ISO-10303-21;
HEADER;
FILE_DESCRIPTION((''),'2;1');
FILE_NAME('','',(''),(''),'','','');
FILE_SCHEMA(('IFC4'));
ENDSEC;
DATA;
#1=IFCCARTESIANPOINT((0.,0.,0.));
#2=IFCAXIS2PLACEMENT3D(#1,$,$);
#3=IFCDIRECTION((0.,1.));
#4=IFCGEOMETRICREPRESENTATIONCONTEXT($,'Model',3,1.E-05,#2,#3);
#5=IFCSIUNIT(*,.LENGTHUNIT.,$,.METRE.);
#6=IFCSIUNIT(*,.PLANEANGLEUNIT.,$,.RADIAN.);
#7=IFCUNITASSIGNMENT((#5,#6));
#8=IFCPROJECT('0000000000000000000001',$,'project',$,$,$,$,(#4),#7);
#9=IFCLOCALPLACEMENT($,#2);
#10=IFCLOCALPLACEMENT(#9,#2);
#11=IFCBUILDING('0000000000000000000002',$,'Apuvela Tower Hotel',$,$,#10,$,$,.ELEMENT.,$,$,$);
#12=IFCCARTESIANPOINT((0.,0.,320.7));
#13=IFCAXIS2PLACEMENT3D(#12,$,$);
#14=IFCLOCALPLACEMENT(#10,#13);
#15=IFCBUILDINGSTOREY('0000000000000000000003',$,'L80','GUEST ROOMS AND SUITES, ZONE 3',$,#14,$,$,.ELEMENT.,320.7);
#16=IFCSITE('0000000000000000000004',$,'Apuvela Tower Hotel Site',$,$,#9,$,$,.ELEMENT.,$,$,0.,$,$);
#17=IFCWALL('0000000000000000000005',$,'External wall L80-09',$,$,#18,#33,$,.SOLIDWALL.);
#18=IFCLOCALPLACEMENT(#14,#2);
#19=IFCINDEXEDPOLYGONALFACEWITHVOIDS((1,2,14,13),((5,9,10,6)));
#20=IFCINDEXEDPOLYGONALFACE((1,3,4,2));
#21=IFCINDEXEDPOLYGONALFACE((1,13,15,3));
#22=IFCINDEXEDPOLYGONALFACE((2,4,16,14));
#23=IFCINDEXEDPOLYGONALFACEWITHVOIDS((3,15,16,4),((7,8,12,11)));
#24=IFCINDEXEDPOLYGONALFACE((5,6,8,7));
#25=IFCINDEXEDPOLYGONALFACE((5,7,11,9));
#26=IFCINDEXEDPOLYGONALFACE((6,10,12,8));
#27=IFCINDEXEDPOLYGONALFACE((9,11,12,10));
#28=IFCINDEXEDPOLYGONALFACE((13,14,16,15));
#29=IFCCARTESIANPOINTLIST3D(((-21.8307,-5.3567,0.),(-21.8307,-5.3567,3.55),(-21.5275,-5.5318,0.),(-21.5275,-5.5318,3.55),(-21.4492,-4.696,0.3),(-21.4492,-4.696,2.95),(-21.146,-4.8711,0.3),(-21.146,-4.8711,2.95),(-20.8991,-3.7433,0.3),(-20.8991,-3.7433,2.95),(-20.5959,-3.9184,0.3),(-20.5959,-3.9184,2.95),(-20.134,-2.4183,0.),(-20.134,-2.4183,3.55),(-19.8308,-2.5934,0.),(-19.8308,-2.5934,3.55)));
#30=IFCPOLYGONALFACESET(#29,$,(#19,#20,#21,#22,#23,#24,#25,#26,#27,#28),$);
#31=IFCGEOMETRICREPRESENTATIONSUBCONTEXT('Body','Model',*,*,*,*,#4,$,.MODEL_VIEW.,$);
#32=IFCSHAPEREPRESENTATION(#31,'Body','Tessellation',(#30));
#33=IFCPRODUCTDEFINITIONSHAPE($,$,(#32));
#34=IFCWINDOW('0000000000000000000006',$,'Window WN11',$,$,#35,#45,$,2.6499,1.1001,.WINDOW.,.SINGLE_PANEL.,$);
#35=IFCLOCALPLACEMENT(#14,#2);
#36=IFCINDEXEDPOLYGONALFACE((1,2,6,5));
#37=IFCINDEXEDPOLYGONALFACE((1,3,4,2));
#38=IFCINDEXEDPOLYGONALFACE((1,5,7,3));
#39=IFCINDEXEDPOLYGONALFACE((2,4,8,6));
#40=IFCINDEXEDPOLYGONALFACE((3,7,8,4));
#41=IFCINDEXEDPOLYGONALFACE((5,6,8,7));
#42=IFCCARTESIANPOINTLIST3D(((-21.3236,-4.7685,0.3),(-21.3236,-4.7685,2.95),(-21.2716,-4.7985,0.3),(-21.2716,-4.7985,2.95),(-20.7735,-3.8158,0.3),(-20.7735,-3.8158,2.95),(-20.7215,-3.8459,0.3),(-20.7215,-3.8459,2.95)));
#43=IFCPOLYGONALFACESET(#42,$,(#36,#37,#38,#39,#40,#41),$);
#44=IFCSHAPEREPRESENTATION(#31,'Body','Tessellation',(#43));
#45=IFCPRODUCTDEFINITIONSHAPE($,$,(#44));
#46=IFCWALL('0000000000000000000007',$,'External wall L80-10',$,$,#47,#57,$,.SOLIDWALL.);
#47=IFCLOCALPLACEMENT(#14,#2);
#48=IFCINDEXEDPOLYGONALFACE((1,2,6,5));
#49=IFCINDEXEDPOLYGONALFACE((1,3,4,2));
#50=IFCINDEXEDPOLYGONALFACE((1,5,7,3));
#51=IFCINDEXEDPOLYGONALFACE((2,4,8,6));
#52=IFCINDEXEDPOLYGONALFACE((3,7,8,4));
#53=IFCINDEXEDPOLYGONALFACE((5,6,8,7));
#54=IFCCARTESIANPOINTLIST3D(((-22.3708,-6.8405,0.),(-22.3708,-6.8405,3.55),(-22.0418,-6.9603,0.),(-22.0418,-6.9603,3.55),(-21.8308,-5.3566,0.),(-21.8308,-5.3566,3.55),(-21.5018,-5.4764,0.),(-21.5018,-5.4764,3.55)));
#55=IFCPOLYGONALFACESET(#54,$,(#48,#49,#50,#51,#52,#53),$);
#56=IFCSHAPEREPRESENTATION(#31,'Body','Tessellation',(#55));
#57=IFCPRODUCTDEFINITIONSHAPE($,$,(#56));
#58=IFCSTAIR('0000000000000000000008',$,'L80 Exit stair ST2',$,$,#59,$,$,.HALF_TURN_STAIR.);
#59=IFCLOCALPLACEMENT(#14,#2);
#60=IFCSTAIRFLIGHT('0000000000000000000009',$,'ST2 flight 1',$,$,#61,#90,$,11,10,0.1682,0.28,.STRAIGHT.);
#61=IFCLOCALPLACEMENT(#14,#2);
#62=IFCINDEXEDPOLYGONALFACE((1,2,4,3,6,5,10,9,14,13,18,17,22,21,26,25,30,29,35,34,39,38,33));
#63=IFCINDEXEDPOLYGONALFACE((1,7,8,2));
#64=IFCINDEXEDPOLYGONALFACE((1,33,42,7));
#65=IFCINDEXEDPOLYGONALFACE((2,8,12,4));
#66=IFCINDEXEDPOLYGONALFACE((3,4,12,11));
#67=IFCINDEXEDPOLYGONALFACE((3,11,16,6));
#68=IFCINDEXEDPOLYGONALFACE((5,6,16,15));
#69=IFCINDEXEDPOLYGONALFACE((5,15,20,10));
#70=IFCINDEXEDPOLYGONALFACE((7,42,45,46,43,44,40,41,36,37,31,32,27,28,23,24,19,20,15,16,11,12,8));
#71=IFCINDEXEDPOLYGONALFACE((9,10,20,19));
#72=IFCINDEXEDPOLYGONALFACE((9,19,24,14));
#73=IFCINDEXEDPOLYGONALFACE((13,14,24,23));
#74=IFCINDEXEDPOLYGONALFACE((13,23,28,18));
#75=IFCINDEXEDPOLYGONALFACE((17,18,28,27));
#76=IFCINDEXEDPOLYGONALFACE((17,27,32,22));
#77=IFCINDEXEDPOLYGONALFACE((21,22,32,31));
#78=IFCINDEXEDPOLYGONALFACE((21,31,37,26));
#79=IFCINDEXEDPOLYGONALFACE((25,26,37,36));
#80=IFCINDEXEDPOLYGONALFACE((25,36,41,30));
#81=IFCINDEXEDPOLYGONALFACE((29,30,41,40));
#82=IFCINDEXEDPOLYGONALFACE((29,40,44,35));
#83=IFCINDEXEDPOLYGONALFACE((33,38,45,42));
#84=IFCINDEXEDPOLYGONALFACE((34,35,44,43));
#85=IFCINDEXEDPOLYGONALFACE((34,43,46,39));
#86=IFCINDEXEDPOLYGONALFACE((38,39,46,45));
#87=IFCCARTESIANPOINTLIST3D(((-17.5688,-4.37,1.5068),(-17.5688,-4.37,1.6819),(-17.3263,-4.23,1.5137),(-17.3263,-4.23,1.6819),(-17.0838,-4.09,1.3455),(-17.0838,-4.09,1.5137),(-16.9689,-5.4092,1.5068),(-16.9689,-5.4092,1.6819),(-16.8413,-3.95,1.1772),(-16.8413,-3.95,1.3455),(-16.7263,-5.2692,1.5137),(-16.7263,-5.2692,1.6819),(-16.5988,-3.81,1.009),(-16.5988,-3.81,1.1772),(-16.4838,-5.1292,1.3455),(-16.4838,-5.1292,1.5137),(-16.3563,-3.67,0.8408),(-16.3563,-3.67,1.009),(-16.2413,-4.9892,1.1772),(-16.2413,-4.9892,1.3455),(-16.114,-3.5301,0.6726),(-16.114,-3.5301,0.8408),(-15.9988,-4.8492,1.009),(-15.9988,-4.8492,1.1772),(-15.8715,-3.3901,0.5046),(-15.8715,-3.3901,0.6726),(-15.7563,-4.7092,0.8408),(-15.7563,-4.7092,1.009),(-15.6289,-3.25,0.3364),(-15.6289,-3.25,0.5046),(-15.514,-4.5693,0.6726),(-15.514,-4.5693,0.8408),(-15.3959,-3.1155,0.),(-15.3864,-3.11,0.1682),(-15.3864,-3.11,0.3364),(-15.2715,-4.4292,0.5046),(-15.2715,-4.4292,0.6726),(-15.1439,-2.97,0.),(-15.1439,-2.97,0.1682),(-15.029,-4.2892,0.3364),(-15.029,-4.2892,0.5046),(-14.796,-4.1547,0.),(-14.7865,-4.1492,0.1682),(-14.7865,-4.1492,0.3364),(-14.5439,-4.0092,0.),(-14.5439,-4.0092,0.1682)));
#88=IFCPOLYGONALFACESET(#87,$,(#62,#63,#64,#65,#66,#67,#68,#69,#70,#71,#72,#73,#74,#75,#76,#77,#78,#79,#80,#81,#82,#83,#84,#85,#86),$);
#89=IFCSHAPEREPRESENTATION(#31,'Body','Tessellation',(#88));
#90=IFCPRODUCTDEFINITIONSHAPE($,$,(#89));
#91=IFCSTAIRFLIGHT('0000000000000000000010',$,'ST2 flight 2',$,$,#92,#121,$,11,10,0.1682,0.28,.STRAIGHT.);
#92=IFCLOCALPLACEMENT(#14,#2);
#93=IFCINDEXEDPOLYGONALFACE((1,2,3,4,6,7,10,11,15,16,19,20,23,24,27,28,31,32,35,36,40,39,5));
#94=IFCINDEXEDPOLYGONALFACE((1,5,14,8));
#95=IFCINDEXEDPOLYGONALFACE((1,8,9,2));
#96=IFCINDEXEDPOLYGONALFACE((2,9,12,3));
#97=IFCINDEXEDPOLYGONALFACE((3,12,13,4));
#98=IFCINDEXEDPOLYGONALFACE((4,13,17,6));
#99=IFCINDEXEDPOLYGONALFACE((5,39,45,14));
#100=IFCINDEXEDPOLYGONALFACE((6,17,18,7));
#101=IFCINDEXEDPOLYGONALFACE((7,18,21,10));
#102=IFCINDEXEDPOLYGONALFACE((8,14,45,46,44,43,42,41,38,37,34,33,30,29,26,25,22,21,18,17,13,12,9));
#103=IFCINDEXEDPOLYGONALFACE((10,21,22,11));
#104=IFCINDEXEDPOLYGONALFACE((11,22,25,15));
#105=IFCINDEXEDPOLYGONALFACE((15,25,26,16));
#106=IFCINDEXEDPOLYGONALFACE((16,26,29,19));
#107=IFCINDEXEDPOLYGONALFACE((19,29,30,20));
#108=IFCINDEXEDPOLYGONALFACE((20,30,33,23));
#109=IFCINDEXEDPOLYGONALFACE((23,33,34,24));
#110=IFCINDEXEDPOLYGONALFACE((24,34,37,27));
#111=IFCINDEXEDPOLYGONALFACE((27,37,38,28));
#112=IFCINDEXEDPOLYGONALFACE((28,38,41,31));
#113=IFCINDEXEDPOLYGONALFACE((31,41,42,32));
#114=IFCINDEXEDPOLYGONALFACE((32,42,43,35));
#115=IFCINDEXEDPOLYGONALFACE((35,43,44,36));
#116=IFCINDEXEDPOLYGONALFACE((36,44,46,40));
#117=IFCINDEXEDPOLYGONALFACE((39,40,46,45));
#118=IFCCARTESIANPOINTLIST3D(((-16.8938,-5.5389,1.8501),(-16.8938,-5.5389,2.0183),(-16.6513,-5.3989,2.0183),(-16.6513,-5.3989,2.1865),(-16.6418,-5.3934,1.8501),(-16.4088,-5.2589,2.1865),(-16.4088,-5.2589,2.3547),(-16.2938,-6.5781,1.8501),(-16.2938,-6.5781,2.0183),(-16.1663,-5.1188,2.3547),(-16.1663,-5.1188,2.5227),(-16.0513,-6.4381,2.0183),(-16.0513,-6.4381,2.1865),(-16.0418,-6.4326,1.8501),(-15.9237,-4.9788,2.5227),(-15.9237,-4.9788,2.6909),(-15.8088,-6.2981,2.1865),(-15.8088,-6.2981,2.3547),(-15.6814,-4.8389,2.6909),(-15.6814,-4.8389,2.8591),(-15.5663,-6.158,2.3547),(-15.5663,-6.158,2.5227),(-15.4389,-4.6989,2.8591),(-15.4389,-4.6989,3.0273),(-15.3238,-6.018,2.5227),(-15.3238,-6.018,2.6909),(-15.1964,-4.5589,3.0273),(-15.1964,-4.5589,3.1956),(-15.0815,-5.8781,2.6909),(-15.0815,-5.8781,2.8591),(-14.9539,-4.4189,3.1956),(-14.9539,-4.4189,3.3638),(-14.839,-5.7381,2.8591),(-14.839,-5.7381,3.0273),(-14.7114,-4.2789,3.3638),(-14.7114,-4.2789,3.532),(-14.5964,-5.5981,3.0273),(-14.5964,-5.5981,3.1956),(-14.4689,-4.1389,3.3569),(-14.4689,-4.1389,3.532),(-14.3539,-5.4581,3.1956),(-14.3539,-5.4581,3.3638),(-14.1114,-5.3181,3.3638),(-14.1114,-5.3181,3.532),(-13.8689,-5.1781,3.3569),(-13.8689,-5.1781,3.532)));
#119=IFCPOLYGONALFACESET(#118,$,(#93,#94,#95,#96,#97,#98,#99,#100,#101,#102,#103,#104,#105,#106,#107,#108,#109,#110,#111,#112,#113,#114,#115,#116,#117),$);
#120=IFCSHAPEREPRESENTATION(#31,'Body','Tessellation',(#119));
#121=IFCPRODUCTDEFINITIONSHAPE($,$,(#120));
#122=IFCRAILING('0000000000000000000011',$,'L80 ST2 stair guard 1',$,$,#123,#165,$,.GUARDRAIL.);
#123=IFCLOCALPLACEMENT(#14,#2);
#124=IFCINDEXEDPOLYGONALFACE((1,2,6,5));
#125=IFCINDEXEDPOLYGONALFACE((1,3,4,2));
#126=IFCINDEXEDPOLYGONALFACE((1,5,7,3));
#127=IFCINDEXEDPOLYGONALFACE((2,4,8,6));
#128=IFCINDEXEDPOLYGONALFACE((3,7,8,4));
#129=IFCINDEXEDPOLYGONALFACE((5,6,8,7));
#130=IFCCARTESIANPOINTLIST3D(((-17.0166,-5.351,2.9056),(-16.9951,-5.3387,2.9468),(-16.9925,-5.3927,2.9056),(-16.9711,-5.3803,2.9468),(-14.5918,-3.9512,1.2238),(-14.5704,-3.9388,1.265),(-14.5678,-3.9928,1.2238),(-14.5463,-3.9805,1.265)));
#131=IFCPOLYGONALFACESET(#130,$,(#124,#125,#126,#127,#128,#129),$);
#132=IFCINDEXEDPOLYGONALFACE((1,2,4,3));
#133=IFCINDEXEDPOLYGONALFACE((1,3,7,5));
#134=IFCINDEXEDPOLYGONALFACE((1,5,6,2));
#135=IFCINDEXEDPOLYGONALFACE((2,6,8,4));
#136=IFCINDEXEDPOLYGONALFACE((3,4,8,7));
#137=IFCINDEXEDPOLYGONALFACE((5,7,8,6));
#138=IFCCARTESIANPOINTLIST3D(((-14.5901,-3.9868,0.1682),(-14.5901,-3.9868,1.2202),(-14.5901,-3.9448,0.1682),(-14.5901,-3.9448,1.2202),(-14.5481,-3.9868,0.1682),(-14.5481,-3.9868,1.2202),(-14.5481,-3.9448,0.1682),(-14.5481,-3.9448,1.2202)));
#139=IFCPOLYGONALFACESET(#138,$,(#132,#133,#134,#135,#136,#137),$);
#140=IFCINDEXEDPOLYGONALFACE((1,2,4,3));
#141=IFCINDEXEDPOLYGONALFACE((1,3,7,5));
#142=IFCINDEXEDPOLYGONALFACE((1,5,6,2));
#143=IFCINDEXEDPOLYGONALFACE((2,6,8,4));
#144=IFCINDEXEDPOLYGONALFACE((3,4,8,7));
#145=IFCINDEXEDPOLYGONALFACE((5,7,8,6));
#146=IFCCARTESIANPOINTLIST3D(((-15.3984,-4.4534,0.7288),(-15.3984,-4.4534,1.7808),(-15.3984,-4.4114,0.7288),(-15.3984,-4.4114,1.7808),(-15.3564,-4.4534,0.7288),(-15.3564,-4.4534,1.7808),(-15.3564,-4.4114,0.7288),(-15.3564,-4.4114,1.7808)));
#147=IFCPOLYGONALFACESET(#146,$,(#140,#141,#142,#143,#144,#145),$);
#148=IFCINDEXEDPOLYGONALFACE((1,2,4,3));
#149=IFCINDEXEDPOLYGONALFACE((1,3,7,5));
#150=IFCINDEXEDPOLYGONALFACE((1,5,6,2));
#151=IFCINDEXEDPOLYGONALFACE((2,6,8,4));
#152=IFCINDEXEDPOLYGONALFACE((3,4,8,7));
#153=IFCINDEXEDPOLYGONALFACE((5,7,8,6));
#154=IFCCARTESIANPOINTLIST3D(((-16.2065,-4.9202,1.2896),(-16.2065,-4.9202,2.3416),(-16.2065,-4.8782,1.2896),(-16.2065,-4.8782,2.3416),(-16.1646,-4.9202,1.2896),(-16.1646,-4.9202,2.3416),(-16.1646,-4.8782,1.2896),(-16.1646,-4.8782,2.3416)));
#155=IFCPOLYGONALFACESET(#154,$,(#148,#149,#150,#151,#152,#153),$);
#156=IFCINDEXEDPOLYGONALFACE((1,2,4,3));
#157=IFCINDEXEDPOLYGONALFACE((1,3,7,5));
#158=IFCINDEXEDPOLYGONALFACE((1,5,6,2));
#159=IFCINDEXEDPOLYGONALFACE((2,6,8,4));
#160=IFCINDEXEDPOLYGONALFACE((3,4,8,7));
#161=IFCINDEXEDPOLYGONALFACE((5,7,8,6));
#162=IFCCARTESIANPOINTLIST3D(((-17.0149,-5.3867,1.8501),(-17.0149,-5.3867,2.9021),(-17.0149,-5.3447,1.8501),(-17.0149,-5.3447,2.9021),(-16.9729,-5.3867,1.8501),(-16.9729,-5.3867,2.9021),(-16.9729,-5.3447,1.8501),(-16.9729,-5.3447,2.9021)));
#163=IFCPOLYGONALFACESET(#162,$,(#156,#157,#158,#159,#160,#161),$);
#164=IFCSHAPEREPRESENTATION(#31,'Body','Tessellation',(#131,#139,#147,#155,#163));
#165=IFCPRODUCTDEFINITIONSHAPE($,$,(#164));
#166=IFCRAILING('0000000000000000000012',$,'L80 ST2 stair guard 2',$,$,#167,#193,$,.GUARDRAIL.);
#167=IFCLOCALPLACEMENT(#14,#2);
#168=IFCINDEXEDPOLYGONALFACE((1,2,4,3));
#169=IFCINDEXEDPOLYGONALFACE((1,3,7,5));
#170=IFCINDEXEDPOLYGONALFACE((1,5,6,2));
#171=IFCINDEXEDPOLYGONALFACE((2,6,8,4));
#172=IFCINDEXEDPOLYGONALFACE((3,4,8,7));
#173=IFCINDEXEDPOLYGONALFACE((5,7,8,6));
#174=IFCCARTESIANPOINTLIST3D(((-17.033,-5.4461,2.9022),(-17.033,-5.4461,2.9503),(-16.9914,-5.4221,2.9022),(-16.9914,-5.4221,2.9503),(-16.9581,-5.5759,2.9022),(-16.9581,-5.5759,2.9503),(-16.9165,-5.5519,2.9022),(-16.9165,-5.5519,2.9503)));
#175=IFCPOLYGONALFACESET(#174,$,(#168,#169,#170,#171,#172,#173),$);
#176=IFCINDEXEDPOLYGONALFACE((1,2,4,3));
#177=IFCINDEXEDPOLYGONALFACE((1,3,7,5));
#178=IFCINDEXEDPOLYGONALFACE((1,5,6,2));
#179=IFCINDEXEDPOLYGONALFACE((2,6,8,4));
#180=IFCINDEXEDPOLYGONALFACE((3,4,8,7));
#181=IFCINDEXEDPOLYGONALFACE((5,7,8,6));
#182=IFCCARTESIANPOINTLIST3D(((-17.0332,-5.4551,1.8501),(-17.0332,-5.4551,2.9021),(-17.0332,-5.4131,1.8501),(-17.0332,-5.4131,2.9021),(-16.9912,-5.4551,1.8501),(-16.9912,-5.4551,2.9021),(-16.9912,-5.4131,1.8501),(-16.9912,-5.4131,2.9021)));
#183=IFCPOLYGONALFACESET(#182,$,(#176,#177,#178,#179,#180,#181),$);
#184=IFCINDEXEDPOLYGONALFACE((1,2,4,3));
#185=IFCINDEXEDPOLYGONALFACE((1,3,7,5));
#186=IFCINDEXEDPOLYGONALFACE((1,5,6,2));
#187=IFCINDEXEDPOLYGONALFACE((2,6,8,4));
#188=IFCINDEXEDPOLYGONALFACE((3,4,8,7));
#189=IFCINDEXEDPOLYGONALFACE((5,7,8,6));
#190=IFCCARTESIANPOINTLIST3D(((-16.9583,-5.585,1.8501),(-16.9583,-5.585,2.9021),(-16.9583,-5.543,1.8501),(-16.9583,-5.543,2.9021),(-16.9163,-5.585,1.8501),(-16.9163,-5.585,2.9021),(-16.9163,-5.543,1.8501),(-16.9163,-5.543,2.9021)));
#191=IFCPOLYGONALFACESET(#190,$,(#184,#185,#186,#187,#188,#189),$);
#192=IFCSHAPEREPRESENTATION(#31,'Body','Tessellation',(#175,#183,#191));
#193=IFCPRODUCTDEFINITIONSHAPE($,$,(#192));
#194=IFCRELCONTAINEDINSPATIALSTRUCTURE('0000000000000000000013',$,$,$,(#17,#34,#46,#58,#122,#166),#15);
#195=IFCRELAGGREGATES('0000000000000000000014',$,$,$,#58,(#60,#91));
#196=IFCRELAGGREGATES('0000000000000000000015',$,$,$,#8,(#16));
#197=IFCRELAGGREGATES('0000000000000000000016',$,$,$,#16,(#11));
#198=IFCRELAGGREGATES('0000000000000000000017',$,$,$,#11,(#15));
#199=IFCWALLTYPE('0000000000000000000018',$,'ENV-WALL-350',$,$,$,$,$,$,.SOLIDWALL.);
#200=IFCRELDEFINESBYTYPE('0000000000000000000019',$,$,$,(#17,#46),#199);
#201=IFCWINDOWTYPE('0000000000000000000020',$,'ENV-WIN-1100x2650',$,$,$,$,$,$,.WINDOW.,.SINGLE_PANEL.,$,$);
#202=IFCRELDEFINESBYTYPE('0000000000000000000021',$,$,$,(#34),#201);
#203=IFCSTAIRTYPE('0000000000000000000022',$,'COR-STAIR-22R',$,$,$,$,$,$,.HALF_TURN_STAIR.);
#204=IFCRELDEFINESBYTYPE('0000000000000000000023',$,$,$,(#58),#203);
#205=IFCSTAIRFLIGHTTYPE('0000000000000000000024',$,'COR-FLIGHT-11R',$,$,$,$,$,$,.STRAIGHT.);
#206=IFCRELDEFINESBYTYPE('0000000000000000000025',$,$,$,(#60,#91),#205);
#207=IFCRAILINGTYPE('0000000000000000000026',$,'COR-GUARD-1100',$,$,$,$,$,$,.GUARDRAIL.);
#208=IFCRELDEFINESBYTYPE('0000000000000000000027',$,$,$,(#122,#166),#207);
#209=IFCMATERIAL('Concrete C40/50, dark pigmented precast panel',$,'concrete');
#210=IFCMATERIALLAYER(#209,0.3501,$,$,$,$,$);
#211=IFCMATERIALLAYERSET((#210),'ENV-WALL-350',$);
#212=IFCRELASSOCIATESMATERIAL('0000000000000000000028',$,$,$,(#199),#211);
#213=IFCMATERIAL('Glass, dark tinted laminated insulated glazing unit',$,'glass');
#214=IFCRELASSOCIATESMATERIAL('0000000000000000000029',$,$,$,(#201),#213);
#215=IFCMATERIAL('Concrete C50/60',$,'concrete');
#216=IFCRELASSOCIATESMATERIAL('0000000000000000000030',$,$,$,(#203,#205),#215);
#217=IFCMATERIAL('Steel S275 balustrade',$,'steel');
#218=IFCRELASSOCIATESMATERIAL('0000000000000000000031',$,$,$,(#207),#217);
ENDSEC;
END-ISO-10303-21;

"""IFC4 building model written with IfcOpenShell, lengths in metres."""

from ifc_helpers import new_model, si_unit, direction, frame, frame_2d, origin, origin_2d, place, context, subcontext, project, spatial, polyline, rectangle, outline, extrude, material, layer, layer_set, type_object, element, fill, aggregate, save


model = new_model("IFC4")

# Units and contexts
model_context = context("Model", 3, precision=1e-05, world=origin(), true_north=direction((0.0, 1.0)))
body_context = subcontext(model_context, "Body", "Model", "MODEL_VIEW")
ifc_project = project(units=[si_unit("LENGTHUNIT", "METRE"), si_unit("PLANEANGLEUNIT", "RADIAN")], contexts=[model_context])

# Site, building, storey
site_placement = place(None, origin())
site = spatial("IfcSite", under=ifc_project, at=site_placement, Name="Apuvela Tower Hotel Site", CompositionType="ELEMENT", RefElevation=0.0)
building_placement = place(site_placement, origin())
building = spatial("IfcBuilding", under=site, at=building_placement, Name="Apuvela Tower Hotel", CompositionType="ELEMENT")
storey_placement = place(building_placement, frame((0.0, 0.0, 320.7)))
storey = spatial("IfcBuildingStorey", under=building, at=storey_placement, Name="L80", Description="GUEST ROOMS AND SUITES, ZONE 3", CompositionType="ELEMENT", Elevation=320.7)

# Shared definitions
ifc_material_1 = material(Name="Concrete C50/60", Category="concrete")

# Shared definitions
ifc_material_2 = material(Name="Concrete C40/50, dark pigmented precast panel", Category="concrete")
ifc_layer_1 = layer(ifc_material_2, 0.3501)
ifc_layer_set_1 = layer_set([ifc_layer_1], Name="ENV-WALL-350")
wall_type_1 = type_object("IfcWallType", Name="ENV-WALL-350", PredefinedType="SOLIDWALL", material=ifc_layer_set_1)

# Wall, opening, window
wall_1_placement = place(storey_placement, frame((-19.9824, -2.5059, 0.0), z_axis=(0.0, 0.0, 1.0), x_axis=(-0.500055, -0.865994, 0.0)))
wall_1 = element("IfcWall", 1, at=wall_1_placement, inside=storey, type_object=wall_type_1, Name="External wall L80-09", PredefinedType="SOLIDWALL", context=body_context, shape_type="SweptSolid", body=[
    extrude(rectangle(XDim=3.3931, YDim=0.3501, at=frame_2d((1.6965, 0.0))), origin(), (0.0, 0.0, 1.0), 3.55),
])
opening_1_placement = place(wall_1_placement, frame((1.53, 0.0, 0.3)))
opening_1 = element("IfcOpeningElement", 2, at=opening_1_placement, cuts=wall_1, PredefinedType="OPENING", context=body_context, shape_type="SweptSolid", body=[
    extrude(rectangle(XDim=1.1001, YDim=2.6499, at=frame_2d((0.55, 1.325))), frame((0.0, 0.1851, 0.0), z_axis=(0.0, -1.0, 0.0), x_axis=(1.0, 0.0, 0.0)), (0.0, 0.0, 1.0), 0.3701),
])
ifc_material_3 = material(Name="Glass, dark tinted laminated insulated glazing unit", Category="glass")
window_type = type_object("IfcWindowType", Name="ENV-WIN-1100x2650", PartitioningType="SINGLE_PANEL", PredefinedType="WINDOW", material=ifc_material_3)
window_placement = place(opening_1_placement, origin())
window = element("IfcWindow", 3, at=window_placement, inside=storey, type_object=window_type, Name="Window WN11", OverallHeight=2.6499, OverallWidth=1.1001, PartitioningType="SINGLE_PANEL", PredefinedType="WINDOW", context=body_context, shape_type="SweptSolid", body=[
    extrude(rectangle(XDim=1.1001, YDim=2.6499, at=frame_2d((0.55, 1.325))), frame((0.0, 0.03, 0.0), z_axis=(0.0, -1.0, 0.0), x_axis=(1.0, 0.0, 0.0)), (0.0, 0.0, 1.0), 0.0601),
])
fill(opening_1, window)

# Wall
wall_2_placement = place(storey_placement, frame((-21.6663, -5.4165, 0.0), z_axis=(0.0, 0.0, 1.0), x_axis=(-0.341991, -0.939703, 0.0)))
element("IfcWall", 4, at=wall_2_placement, inside=storey, type_object=wall_type_1, Name="External wall L80-10", PredefinedType="SOLIDWALL", context=body_context, shape_type="SweptSolid", body=[
    extrude(rectangle(XDim=1.5791, YDim=0.3501, at=frame_2d((0.7896, 0.0))), origin(), (0.0, 0.0, 1.0), 3.55),
])

# Stair, stair flights
stair_type = type_object("IfcStairType", Name="COR-STAIR-22R", PredefinedType="HALF_TURN_STAIR", material=ifc_material_1)
stair_placement = place(storey_placement, origin())
stair = element("IfcStair", 5, at=stair_placement, inside=storey, type_object=stair_type, Name="L80 Exit stair ST2", PredefinedType="HALF_TURN_STAIR")
stair_flight_type = type_object("IfcStairFlightType", Name="COR-FLIGHT-11R", PredefinedType="STRAIGHT", material=ifc_material_1)
stair_flight_1_placement = place(storey_placement, frame((-14.844, -3.4895, 0.0), z_axis=(0.0, 0.0, 1.0), x_axis=(-0.866025, -0.5, 0.0)))
stair_flight_1 = element("IfcStairFlight", 6, at=stair_flight_1_placement, type_object=stair_flight_type, Name="ST2 flight 1", NumberOfRisers=11, NumberOfTreads=10, PredefinedType="STRAIGHT", RiserHeight=0.1682, TreadLength=0.28, context=body_context, shape_type="SweptSolid", body=[
    extrude(outline(polyline([(0.0, 0.0), (0.0, 0.1682), (0.28, 0.1682), (0.28, 0.3364), (0.5601, 0.3364), (0.5601, 0.5046), (0.8401, 0.5046), (0.8401, 0.6726), (1.1201, 0.6726), (1.1201, 0.8408), (1.3999, 0.8408), (1.3999, 1.009), (1.6799, 1.009), (1.6799, 1.1772), (1.96, 1.1772), (1.96, 1.3455), (2.24, 1.3455), (2.24, 1.5137), (2.52, 1.5137), (2.52, 1.6819), (2.8, 1.6819), (2.8, 1.8501), (2.8, 1.5068), (0.291, 0.0), (0.0, 0.0)])), frame((0.0, 0.6001, 0.0), z_axis=(0.0, -1.0, 0.0), x_axis=(1.0, 0.0, 0.0)), (0.0, 0.0, 1.0), 1.2),
])
stair_flight_2_placement = place(storey_placement, frame((-16.5938, -6.0586, 1.8501), z_axis=(0.0, 0.0, 1.0), x_axis=(0.866025, 0.5, 0.0)))
stair_flight_2 = element("IfcStairFlight", 7, at=stair_flight_2_placement, type_object=stair_flight_type, Name="ST2 flight 2", NumberOfRisers=11, NumberOfTreads=10, PredefinedType="STRAIGHT", RiserHeight=0.1682, TreadLength=0.28, context=body_context, shape_type="SweptSolid", body=[
    extrude(outline(polyline([(0.0, 0.0), (0.0, 0.1682), (0.28, 0.1682), (0.28, 0.3364), (0.5601, 0.3364), (0.5601, 0.5046), (0.8401, 0.5046), (0.8401, 0.6726), (1.1201, 0.6726), (1.1201, 0.8408), (1.3999, 0.8408), (1.3999, 1.009), (1.6799, 1.009), (1.6799, 1.1772), (1.96, 1.1772), (1.96, 1.3455), (2.24, 1.3455), (2.24, 1.5137), (2.52, 1.5137), (2.52, 1.6819), (2.8, 1.6819), (2.8, 1.8501), (2.8, 1.5068), (0.291, 0.0), (0.0, 0.0)])), frame((0.0, 0.6001, 0.0), z_axis=(0.0, -1.0, 0.0), x_axis=(1.0, 0.0, 0.0)), (0.0, 0.0, 1.0), 1.2),
])
aggregate(stair, [stair_flight_1, stair_flight_2])

# Railings
ifc_material_4 = material(Name="Steel S275 balustrade", Category="steel")
railing_type_1 = type_object("IfcRailingType", Name="COR-GUARD-1100", PredefinedType="GUARDRAIL", material=ifc_material_4)
railing_1_placement = place(storey_placement, frame((-14.5691, -3.9658, 0.1682)))
element("IfcRailing", 8, at=railing_1_placement, inside=storey, type_object=railing_type_1, Name="L80 ST2 stair guard 1", PredefinedType="GUARDRAIL", context=body_context, shape_type="SweptSolid", body=[
    extrude(rectangle(XDim=0.0481, YDim=0.0481, at=origin_2d()), frame((0.0, 0.0, 1.0762), z_axis=(-0.74239, -0.428601, 0.514934), x_axis=(0.499984, -0.866035, 0.0)), (0.0, 0.0, 1.0), 3.2661),
    extrude(rectangle(XDim=0.042, YDim=0.042, at=origin_2d()), origin(), (0.0, 0.0, 1.0), 1.052),
    extrude(rectangle(XDim=0.042, YDim=0.042, at=origin_2d()), frame((-0.8083, -0.4666, 0.5605)), (0.0, 0.0, 1.0), 1.052),
    extrude(rectangle(XDim=0.042, YDim=0.042, at=origin_2d()), frame((-1.6165, -0.9333, 1.1213)), (0.0, 0.0, 1.0), 1.052),
    extrude(rectangle(XDim=0.042, YDim=0.042, at=origin_2d()), frame((-2.4248, -1.3999, 1.6819)), (0.0, 0.0, 1.0), 1.052),
])
railing_2_placement = place(storey_placement, frame((-17.0122, -5.4341, 1.8501)))
element("IfcRailing", 9, at=railing_2_placement, inside=storey, type_object=railing_type_1, Name="L80 ST2 stair guard 2", PredefinedType="GUARDRAIL", context=body_context, shape_type="SweptSolid", body=[
    extrude(rectangle(XDim=0.0481, YDim=0.0481, at=origin_2d()), frame((0.0, 0.0, 1.0762), z_axis=(0.499816, -0.866131, 0.0), x_axis=(0.866131, 0.499816, 0.0)), (0.0, 0.0, 1.0), 0.1499),
    extrude(rectangle(XDim=0.042, YDim=0.042, at=origin_2d()), origin(), (0.0, 0.0, 1.0), 1.052),
    extrude(rectangle(XDim=0.042, YDim=0.042, at=origin_2d()), frame((0.075, -0.1299, 0.0)), (0.0, 0.0, 1.0), 1.052),
])

save(model, "model.ifc")
